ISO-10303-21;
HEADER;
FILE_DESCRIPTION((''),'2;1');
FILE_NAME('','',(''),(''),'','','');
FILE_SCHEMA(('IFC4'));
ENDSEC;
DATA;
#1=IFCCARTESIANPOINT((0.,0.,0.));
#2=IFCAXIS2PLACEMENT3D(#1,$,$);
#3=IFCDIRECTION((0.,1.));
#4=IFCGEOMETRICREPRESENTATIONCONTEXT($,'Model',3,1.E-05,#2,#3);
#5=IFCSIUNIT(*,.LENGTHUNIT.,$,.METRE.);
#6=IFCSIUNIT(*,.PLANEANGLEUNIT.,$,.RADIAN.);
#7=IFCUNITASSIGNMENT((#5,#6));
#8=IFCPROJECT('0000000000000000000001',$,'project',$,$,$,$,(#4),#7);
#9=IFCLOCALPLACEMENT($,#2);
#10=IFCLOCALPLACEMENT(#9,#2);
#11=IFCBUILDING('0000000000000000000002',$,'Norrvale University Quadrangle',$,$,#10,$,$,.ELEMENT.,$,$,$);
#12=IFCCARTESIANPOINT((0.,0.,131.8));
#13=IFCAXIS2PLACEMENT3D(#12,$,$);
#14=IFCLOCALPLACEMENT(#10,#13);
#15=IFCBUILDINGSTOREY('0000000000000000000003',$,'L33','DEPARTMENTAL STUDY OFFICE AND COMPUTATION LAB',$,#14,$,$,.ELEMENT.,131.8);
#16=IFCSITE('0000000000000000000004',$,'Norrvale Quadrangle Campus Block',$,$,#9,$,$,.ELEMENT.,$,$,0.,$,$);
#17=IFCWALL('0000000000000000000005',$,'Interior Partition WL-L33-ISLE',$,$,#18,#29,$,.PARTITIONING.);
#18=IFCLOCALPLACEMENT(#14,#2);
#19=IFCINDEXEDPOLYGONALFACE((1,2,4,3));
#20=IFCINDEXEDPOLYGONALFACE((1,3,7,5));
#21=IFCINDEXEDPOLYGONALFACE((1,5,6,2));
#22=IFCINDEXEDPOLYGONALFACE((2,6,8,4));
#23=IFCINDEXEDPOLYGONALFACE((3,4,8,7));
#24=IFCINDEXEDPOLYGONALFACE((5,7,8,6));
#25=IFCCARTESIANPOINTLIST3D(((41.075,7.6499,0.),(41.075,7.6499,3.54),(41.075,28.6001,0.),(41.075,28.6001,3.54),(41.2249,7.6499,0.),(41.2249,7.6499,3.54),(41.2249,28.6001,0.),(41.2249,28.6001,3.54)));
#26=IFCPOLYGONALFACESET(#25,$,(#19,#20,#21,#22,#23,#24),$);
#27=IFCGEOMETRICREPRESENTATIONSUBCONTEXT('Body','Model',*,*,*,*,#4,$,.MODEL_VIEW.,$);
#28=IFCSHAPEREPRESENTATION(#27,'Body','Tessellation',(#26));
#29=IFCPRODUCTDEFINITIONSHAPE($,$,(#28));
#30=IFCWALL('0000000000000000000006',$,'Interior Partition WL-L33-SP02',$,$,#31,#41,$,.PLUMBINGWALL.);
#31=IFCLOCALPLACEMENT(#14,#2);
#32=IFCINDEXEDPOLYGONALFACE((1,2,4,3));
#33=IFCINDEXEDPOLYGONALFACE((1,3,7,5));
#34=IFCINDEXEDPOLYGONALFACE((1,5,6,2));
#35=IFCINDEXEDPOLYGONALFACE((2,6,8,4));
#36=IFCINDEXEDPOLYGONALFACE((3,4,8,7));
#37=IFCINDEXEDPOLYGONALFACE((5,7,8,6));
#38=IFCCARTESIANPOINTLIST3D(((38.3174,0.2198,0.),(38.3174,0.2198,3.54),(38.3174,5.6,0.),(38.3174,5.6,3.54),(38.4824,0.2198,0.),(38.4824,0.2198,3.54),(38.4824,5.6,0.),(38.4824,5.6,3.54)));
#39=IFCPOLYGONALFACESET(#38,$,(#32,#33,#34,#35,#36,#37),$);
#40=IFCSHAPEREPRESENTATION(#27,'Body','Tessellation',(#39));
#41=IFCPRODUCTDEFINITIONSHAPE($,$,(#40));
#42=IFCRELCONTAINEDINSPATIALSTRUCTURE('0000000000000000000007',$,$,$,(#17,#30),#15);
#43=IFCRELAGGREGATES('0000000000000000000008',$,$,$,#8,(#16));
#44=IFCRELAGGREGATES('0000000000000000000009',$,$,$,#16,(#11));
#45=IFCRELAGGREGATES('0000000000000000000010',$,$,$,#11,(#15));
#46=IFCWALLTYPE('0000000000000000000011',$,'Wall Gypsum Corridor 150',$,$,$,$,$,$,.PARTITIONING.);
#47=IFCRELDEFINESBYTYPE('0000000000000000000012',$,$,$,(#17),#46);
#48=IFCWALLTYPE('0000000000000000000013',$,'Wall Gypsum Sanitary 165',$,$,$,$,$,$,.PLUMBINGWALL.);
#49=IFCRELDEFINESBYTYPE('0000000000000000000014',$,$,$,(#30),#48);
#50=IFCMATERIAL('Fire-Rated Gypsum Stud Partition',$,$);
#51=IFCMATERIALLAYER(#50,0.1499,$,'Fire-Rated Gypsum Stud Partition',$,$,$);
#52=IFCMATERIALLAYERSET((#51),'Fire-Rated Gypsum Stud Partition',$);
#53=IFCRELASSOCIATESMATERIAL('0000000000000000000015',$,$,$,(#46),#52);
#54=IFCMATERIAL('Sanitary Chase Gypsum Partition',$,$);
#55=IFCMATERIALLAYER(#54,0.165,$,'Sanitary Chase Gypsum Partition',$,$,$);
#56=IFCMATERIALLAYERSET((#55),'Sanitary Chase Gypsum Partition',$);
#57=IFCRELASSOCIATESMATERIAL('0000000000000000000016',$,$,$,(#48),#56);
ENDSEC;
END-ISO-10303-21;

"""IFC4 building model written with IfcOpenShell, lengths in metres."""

from ifc_helpers import new_model, si_unit, direction, frame, frame_2d, origin, place, context, subcontext, project, spatial, rectangle, extrude, material, layer, layer_set, type_object, element, save


model = new_model("IFC4")

# Units and contexts
model_context = context("Model", 3, precision=1e-05, world=origin(), true_north=direction((0.0, 1.0)))
body_context = subcontext(model_context, "Body", "Model", "MODEL_VIEW")
ifc_project = project(units=[si_unit("LENGTHUNIT", "METRE"), si_unit("PLANEANGLEUNIT", "RADIAN")], contexts=[model_context])

# Site, building, storey
site_placement = place(None, origin())
site = spatial("IfcSite", under=ifc_project, at=site_placement, Name="Norrvale Quadrangle Campus Block", CompositionType="ELEMENT", RefElevation=0.0)
building_placement = place(site_placement, origin())
building = spatial("IfcBuilding", under=site, at=building_placement, Name="Norrvale University Quadrangle", CompositionType="ELEMENT")
storey_placement = place(building_placement, frame((0.0, 0.0, 131.8)))
storey = spatial("IfcBuildingStorey", under=building, at=storey_placement, Name="L33", Description="DEPARTMENTAL STUDY OFFICE AND COMPUTATION LAB", CompositionType="ELEMENT", Elevation=131.8)

# Shared definitions
ifc_material_1 = material(Name="Fire-Rated Gypsum Stud Partition")
ifc_layer_1 = layer(ifc_material_1, 0.1499, Name="Fire-Rated Gypsum Stud Partition")
ifc_layer_set_1 = layer_set([ifc_layer_1], Name="Fire-Rated Gypsum Stud Partition")
wall_type_1 = type_object("IfcWallType", Name="Wall Gypsum Corridor 150", PredefinedType="PARTITIONING", material=ifc_layer_set_1)

# Walls
wall_1_placement = place(storey_placement, frame((41.1499, 7.6499, 0.0), z_axis=(0.0, 0.0, 1.0), x_axis=(0.0, 1.0, 0.0)))
element("IfcWall", 1, at=wall_1_placement, inside=storey, type_object=wall_type_1, Name="Interior Partition WL-L33-ISLE", PredefinedType="PARTITIONING", context=body_context, shape_type="SweptSolid", body=[
    extrude(rectangle(XDim=20.9502, YDim=0.1499, at=frame_2d((10.4751, 0.0))), origin(), (0.0, 0.0, 1.0), 3.54),
])
ifc_material_2 = material(Name="Sanitary Chase Gypsum Partition")
ifc_layer_2 = layer(ifc_material_2, 0.165, Name="Sanitary Chase Gypsum Partition")
ifc_layer_set_2 = layer_set([ifc_layer_2], Name="Sanitary Chase Gypsum Partition")
wall_type_2 = type_object("IfcWallType", Name="Wall Gypsum Sanitary 165", PredefinedType="PLUMBINGWALL", material=ifc_layer_set_2)
wall_2_placement = place(storey_placement, frame((38.3999, 0.22, 0.0), z_axis=(0.0, 0.0, 1.0), x_axis=(0.0, 1.0, 0.0)))
element("IfcWall", 2, at=wall_2_placement, inside=storey, type_object=wall_type_2, Name="Interior Partition WL-L33-SP02", PredefinedType="PLUMBINGWALL", context=body_context, shape_type="SweptSolid", body=[
    extrude(rectangle(XDim=5.3801, YDim=0.165, at=frame_2d((2.6899, 0.0))), origin(), (0.0, 0.0, 1.0), 3.54),
])

save(model, "model.ifc")
